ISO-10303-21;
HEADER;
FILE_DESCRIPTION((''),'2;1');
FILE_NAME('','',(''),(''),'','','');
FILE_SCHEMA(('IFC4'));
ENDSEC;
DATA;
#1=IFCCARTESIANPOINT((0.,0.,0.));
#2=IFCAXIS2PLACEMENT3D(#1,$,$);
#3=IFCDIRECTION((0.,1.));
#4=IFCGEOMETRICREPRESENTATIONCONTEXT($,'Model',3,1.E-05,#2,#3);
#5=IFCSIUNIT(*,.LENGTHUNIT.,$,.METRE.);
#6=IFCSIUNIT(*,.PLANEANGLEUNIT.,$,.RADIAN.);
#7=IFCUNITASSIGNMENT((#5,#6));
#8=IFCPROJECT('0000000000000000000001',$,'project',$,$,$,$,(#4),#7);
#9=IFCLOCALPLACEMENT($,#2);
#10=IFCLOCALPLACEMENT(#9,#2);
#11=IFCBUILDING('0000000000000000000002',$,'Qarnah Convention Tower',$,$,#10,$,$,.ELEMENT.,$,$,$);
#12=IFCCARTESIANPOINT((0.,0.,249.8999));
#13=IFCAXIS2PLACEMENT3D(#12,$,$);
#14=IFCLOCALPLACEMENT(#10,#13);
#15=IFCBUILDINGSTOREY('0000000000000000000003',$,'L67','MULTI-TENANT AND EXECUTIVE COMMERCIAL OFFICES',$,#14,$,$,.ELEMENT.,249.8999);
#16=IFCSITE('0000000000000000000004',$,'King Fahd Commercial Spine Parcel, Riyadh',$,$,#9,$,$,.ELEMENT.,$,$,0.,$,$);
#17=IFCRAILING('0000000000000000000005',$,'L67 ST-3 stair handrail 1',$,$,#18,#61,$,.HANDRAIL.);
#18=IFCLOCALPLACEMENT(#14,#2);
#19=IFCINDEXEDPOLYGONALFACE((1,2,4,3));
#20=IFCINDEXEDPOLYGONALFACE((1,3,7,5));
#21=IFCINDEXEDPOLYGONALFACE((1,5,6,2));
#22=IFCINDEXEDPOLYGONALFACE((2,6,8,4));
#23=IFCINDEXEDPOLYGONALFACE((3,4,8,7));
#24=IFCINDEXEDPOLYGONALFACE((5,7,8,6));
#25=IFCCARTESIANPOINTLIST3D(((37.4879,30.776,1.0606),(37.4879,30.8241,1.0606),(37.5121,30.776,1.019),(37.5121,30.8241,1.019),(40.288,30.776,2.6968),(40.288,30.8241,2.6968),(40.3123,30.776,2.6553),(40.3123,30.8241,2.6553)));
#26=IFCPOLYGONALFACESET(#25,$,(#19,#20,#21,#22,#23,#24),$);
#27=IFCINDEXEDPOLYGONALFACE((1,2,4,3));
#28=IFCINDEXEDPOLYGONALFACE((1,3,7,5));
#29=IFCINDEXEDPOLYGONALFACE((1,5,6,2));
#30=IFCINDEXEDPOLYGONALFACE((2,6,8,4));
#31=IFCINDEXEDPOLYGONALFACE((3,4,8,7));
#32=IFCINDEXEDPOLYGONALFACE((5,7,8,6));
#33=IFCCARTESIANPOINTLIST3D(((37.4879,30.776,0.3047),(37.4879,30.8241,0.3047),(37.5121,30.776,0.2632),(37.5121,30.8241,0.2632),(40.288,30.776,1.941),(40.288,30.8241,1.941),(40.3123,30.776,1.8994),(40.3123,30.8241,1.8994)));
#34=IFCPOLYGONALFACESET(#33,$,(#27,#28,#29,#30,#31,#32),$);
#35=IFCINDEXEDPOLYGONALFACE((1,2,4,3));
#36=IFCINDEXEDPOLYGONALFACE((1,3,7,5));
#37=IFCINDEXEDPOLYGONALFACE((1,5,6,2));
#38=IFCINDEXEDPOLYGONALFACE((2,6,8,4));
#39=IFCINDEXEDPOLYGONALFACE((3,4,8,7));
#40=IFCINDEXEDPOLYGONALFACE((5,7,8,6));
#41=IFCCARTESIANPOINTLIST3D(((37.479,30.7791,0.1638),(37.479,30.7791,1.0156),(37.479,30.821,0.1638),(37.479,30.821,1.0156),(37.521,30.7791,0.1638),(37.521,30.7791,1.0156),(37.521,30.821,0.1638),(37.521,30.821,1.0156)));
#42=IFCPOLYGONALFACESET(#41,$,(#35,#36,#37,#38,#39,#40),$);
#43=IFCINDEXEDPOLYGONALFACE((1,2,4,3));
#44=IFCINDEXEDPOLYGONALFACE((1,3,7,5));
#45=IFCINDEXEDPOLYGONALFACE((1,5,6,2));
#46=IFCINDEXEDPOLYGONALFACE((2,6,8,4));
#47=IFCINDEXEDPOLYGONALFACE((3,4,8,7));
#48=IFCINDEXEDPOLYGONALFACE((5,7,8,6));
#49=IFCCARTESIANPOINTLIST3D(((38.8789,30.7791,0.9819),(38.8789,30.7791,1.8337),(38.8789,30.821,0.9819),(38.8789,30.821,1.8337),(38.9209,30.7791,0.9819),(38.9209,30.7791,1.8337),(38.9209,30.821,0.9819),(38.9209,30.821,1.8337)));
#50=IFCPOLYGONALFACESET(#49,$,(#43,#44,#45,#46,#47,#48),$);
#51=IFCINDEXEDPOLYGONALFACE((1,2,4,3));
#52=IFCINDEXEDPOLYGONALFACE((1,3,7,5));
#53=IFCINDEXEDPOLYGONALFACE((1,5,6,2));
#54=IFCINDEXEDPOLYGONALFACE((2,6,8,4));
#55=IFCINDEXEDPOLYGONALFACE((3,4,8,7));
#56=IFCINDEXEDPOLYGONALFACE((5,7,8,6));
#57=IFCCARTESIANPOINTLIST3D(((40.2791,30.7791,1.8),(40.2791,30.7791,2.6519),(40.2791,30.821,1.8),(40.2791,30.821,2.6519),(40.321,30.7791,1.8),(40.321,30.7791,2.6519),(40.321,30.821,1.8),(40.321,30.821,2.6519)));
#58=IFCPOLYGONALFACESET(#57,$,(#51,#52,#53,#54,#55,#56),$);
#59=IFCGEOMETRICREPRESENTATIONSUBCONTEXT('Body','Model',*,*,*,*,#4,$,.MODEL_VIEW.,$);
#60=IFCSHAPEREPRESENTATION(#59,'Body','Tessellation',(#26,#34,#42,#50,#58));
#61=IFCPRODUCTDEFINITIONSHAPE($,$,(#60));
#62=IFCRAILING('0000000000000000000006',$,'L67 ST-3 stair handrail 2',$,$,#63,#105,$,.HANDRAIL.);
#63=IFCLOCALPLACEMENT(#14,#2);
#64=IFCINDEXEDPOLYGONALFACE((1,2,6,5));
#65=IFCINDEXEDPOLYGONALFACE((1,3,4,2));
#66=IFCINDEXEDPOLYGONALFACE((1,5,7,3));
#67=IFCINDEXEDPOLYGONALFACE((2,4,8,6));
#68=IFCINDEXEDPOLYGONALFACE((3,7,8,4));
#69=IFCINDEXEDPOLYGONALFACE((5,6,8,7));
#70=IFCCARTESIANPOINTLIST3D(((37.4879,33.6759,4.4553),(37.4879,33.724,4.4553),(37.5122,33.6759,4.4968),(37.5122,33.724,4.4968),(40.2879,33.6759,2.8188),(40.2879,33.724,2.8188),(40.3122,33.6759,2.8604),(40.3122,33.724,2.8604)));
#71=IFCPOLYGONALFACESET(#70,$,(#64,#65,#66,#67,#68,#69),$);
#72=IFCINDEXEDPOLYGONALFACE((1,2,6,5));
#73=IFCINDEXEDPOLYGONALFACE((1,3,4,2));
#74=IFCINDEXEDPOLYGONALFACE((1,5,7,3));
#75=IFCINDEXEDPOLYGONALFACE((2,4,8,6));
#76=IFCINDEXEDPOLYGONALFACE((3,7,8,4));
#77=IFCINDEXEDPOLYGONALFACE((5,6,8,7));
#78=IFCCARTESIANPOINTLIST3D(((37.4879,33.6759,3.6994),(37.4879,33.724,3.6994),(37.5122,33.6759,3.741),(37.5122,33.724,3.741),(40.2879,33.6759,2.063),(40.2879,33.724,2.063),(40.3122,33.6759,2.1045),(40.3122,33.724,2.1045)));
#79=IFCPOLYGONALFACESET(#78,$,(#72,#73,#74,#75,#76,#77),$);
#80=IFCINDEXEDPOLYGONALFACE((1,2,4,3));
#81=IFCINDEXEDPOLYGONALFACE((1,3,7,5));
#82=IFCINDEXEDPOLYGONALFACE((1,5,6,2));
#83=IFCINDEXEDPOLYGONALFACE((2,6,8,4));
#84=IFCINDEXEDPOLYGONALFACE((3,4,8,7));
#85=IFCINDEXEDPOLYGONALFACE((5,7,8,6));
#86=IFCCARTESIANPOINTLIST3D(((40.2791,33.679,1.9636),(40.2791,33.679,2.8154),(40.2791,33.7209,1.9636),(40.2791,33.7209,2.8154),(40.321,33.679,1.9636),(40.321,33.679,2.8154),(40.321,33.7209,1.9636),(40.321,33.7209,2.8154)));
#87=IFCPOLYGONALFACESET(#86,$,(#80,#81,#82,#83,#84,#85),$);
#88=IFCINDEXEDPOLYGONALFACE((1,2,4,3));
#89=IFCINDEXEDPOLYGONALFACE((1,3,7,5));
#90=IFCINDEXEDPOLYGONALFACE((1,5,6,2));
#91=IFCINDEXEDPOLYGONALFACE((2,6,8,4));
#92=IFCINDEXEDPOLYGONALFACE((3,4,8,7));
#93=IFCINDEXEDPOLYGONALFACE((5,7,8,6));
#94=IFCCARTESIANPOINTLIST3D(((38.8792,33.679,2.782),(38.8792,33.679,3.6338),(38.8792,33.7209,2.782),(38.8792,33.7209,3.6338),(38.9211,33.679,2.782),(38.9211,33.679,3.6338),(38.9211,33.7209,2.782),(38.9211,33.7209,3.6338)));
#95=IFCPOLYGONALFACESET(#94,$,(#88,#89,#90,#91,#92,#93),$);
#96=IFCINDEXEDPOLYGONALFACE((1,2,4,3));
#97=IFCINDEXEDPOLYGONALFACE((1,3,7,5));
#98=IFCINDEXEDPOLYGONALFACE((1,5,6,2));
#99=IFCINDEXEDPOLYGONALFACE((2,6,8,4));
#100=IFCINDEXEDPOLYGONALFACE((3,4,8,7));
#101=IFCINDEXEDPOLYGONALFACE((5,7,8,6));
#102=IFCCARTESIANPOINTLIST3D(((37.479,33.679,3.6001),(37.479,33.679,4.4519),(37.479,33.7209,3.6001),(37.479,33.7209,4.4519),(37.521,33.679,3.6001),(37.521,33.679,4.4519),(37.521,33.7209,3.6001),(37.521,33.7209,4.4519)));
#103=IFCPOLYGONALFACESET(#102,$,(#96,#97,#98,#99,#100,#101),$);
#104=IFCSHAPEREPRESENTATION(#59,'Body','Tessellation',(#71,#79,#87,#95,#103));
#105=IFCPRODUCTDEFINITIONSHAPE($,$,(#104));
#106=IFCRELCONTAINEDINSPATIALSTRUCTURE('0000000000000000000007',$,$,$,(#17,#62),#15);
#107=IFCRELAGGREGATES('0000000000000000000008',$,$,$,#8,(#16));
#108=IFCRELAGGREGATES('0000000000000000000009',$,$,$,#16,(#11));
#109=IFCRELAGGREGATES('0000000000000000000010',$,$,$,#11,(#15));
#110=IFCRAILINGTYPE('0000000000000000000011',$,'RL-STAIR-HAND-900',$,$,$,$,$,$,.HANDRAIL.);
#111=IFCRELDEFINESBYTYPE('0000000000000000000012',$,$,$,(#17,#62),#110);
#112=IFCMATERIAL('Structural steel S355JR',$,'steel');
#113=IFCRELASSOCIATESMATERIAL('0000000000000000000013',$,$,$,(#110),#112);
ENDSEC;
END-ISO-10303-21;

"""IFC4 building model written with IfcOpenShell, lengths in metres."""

from ifc_helpers import new_model, si_unit, direction, frame, origin, origin_2d, place, context, subcontext, project, spatial, rectangle, extrude, material, type_object, element, save


model = new_model("IFC4")

# Units and contexts
model_context = context("Model", 3, precision=1e-05, world=origin(), true_north=direction((0.0, 1.0)))
body_context = subcontext(model_context, "Body", "Model", "MODEL_VIEW")
ifc_project = project(units=[si_unit("LENGTHUNIT", "METRE"), si_unit("PLANEANGLEUNIT", "RADIAN")], contexts=[model_context])

# Site, building, storey
site_placement = place(None, origin())
site = spatial("IfcSite", under=ifc_project, at=site_placement, Name="King Fahd Commercial Spine Parcel, Riyadh", CompositionType="ELEMENT", RefElevation=0.0)
building_placement = place(site_placement, origin())
building = spatial("IfcBuilding", under=site, at=building_placement, Name="Qarnah Convention Tower", CompositionType="ELEMENT")
storey_placement = place(building_placement, frame((0.0, 0.0, 249.8999)))
storey = spatial("IfcBuildingStorey", under=building, at=storey_placement, Name="L67", Description="MULTI-TENANT AND EXECUTIVE COMMERCIAL OFFICES", CompositionType="ELEMENT", Elevation=249.8999)

# Shared definitions
ifc_material_1 = material(Name="Structural steel S355JR", Category="steel")

# Railings
railing_type_1 = type_object("IfcRailingType", Name="RL-STAIR-HAND-900", PredefinedType="HANDRAIL", material=ifc_material_1)
railing_1_placement = place(storey_placement, frame((37.5, 30.8, 0.1638)))
element("IfcRailing", 1, at=railing_1_placement, inside=storey, type_object=railing_type_1, Name="L67 ST-3 stair handrail 1", PredefinedType="HANDRAIL", context=body_context, shape_type="SweptSolid", body=[
    extrude(rectangle(XDim=0.0481, YDim=0.0481, at=origin_2d()), frame((0.0, 0.0, 0.876), z_axis=(0.863394, 0.0, 0.504531), x_axis=(0.0, 1.0, 0.0)), (0.0, 0.0, 1.0), 3.2432),
    extrude(rectangle(XDim=0.0481, YDim=0.0481, at=origin_2d()), frame((0.0, 0.0, 0.1201), z_axis=(0.863394, 0.0, 0.504531), x_axis=(0.0, 1.0, 0.0)), (0.0, 0.0, 1.0), 3.2432),
    extrude(rectangle(XDim=0.042, YDim=0.042, at=origin_2d()), origin(), (0.0, 0.0, 1.0), 0.8518),
    extrude(rectangle(XDim=0.042, YDim=0.042, at=origin_2d()), frame((1.3999, 0.0, 0.8181)), (0.0, 0.0, 1.0), 0.8518),
    extrude(rectangle(XDim=0.042, YDim=0.042, at=origin_2d()), frame((2.8, 0.0, 1.6362)), (0.0, 0.0, 1.0), 0.8518),
])
railing_2_placement = place(storey_placement, frame((40.3, 33.7, 1.9636)))
element("IfcRailing", 2, at=railing_2_placement, inside=storey, type_object=railing_type_1, Name="L67 ST-3 stair handrail 2", PredefinedType="HANDRAIL", context=body_context, shape_type="SweptSolid", body=[
    extrude(rectangle(XDim=0.0481, YDim=0.0481, at=origin_2d()), frame((0.0, 0.0, 0.876), z_axis=(-0.863361, 0.0, 0.504587), x_axis=(0.0, -1.0, 0.0)), (0.0, 0.0, 1.0), 3.2432),
    extrude(rectangle(XDim=0.0481, YDim=0.0481, at=origin_2d()), frame((0.0, 0.0, 0.1201), z_axis=(-0.863361, 0.0, 0.504587), x_axis=(0.0, -1.0, 0.0)), (0.0, 0.0, 1.0), 3.2432),
    extrude(rectangle(XDim=0.042, YDim=0.042, at=origin_2d()), origin(), (0.0, 0.0, 1.0), 0.8518),
    extrude(rectangle(XDim=0.042, YDim=0.042, at=origin_2d()), frame((-1.3999, 0.0, 0.8184)), (0.0, 0.0, 1.0), 0.8518),
    extrude(rectangle(XDim=0.042, YDim=0.042, at=origin_2d()), frame((-2.8, 0.0, 1.6365)), (0.0, 0.0, 1.0), 0.8518),
])

save(model, "model.ifc")
